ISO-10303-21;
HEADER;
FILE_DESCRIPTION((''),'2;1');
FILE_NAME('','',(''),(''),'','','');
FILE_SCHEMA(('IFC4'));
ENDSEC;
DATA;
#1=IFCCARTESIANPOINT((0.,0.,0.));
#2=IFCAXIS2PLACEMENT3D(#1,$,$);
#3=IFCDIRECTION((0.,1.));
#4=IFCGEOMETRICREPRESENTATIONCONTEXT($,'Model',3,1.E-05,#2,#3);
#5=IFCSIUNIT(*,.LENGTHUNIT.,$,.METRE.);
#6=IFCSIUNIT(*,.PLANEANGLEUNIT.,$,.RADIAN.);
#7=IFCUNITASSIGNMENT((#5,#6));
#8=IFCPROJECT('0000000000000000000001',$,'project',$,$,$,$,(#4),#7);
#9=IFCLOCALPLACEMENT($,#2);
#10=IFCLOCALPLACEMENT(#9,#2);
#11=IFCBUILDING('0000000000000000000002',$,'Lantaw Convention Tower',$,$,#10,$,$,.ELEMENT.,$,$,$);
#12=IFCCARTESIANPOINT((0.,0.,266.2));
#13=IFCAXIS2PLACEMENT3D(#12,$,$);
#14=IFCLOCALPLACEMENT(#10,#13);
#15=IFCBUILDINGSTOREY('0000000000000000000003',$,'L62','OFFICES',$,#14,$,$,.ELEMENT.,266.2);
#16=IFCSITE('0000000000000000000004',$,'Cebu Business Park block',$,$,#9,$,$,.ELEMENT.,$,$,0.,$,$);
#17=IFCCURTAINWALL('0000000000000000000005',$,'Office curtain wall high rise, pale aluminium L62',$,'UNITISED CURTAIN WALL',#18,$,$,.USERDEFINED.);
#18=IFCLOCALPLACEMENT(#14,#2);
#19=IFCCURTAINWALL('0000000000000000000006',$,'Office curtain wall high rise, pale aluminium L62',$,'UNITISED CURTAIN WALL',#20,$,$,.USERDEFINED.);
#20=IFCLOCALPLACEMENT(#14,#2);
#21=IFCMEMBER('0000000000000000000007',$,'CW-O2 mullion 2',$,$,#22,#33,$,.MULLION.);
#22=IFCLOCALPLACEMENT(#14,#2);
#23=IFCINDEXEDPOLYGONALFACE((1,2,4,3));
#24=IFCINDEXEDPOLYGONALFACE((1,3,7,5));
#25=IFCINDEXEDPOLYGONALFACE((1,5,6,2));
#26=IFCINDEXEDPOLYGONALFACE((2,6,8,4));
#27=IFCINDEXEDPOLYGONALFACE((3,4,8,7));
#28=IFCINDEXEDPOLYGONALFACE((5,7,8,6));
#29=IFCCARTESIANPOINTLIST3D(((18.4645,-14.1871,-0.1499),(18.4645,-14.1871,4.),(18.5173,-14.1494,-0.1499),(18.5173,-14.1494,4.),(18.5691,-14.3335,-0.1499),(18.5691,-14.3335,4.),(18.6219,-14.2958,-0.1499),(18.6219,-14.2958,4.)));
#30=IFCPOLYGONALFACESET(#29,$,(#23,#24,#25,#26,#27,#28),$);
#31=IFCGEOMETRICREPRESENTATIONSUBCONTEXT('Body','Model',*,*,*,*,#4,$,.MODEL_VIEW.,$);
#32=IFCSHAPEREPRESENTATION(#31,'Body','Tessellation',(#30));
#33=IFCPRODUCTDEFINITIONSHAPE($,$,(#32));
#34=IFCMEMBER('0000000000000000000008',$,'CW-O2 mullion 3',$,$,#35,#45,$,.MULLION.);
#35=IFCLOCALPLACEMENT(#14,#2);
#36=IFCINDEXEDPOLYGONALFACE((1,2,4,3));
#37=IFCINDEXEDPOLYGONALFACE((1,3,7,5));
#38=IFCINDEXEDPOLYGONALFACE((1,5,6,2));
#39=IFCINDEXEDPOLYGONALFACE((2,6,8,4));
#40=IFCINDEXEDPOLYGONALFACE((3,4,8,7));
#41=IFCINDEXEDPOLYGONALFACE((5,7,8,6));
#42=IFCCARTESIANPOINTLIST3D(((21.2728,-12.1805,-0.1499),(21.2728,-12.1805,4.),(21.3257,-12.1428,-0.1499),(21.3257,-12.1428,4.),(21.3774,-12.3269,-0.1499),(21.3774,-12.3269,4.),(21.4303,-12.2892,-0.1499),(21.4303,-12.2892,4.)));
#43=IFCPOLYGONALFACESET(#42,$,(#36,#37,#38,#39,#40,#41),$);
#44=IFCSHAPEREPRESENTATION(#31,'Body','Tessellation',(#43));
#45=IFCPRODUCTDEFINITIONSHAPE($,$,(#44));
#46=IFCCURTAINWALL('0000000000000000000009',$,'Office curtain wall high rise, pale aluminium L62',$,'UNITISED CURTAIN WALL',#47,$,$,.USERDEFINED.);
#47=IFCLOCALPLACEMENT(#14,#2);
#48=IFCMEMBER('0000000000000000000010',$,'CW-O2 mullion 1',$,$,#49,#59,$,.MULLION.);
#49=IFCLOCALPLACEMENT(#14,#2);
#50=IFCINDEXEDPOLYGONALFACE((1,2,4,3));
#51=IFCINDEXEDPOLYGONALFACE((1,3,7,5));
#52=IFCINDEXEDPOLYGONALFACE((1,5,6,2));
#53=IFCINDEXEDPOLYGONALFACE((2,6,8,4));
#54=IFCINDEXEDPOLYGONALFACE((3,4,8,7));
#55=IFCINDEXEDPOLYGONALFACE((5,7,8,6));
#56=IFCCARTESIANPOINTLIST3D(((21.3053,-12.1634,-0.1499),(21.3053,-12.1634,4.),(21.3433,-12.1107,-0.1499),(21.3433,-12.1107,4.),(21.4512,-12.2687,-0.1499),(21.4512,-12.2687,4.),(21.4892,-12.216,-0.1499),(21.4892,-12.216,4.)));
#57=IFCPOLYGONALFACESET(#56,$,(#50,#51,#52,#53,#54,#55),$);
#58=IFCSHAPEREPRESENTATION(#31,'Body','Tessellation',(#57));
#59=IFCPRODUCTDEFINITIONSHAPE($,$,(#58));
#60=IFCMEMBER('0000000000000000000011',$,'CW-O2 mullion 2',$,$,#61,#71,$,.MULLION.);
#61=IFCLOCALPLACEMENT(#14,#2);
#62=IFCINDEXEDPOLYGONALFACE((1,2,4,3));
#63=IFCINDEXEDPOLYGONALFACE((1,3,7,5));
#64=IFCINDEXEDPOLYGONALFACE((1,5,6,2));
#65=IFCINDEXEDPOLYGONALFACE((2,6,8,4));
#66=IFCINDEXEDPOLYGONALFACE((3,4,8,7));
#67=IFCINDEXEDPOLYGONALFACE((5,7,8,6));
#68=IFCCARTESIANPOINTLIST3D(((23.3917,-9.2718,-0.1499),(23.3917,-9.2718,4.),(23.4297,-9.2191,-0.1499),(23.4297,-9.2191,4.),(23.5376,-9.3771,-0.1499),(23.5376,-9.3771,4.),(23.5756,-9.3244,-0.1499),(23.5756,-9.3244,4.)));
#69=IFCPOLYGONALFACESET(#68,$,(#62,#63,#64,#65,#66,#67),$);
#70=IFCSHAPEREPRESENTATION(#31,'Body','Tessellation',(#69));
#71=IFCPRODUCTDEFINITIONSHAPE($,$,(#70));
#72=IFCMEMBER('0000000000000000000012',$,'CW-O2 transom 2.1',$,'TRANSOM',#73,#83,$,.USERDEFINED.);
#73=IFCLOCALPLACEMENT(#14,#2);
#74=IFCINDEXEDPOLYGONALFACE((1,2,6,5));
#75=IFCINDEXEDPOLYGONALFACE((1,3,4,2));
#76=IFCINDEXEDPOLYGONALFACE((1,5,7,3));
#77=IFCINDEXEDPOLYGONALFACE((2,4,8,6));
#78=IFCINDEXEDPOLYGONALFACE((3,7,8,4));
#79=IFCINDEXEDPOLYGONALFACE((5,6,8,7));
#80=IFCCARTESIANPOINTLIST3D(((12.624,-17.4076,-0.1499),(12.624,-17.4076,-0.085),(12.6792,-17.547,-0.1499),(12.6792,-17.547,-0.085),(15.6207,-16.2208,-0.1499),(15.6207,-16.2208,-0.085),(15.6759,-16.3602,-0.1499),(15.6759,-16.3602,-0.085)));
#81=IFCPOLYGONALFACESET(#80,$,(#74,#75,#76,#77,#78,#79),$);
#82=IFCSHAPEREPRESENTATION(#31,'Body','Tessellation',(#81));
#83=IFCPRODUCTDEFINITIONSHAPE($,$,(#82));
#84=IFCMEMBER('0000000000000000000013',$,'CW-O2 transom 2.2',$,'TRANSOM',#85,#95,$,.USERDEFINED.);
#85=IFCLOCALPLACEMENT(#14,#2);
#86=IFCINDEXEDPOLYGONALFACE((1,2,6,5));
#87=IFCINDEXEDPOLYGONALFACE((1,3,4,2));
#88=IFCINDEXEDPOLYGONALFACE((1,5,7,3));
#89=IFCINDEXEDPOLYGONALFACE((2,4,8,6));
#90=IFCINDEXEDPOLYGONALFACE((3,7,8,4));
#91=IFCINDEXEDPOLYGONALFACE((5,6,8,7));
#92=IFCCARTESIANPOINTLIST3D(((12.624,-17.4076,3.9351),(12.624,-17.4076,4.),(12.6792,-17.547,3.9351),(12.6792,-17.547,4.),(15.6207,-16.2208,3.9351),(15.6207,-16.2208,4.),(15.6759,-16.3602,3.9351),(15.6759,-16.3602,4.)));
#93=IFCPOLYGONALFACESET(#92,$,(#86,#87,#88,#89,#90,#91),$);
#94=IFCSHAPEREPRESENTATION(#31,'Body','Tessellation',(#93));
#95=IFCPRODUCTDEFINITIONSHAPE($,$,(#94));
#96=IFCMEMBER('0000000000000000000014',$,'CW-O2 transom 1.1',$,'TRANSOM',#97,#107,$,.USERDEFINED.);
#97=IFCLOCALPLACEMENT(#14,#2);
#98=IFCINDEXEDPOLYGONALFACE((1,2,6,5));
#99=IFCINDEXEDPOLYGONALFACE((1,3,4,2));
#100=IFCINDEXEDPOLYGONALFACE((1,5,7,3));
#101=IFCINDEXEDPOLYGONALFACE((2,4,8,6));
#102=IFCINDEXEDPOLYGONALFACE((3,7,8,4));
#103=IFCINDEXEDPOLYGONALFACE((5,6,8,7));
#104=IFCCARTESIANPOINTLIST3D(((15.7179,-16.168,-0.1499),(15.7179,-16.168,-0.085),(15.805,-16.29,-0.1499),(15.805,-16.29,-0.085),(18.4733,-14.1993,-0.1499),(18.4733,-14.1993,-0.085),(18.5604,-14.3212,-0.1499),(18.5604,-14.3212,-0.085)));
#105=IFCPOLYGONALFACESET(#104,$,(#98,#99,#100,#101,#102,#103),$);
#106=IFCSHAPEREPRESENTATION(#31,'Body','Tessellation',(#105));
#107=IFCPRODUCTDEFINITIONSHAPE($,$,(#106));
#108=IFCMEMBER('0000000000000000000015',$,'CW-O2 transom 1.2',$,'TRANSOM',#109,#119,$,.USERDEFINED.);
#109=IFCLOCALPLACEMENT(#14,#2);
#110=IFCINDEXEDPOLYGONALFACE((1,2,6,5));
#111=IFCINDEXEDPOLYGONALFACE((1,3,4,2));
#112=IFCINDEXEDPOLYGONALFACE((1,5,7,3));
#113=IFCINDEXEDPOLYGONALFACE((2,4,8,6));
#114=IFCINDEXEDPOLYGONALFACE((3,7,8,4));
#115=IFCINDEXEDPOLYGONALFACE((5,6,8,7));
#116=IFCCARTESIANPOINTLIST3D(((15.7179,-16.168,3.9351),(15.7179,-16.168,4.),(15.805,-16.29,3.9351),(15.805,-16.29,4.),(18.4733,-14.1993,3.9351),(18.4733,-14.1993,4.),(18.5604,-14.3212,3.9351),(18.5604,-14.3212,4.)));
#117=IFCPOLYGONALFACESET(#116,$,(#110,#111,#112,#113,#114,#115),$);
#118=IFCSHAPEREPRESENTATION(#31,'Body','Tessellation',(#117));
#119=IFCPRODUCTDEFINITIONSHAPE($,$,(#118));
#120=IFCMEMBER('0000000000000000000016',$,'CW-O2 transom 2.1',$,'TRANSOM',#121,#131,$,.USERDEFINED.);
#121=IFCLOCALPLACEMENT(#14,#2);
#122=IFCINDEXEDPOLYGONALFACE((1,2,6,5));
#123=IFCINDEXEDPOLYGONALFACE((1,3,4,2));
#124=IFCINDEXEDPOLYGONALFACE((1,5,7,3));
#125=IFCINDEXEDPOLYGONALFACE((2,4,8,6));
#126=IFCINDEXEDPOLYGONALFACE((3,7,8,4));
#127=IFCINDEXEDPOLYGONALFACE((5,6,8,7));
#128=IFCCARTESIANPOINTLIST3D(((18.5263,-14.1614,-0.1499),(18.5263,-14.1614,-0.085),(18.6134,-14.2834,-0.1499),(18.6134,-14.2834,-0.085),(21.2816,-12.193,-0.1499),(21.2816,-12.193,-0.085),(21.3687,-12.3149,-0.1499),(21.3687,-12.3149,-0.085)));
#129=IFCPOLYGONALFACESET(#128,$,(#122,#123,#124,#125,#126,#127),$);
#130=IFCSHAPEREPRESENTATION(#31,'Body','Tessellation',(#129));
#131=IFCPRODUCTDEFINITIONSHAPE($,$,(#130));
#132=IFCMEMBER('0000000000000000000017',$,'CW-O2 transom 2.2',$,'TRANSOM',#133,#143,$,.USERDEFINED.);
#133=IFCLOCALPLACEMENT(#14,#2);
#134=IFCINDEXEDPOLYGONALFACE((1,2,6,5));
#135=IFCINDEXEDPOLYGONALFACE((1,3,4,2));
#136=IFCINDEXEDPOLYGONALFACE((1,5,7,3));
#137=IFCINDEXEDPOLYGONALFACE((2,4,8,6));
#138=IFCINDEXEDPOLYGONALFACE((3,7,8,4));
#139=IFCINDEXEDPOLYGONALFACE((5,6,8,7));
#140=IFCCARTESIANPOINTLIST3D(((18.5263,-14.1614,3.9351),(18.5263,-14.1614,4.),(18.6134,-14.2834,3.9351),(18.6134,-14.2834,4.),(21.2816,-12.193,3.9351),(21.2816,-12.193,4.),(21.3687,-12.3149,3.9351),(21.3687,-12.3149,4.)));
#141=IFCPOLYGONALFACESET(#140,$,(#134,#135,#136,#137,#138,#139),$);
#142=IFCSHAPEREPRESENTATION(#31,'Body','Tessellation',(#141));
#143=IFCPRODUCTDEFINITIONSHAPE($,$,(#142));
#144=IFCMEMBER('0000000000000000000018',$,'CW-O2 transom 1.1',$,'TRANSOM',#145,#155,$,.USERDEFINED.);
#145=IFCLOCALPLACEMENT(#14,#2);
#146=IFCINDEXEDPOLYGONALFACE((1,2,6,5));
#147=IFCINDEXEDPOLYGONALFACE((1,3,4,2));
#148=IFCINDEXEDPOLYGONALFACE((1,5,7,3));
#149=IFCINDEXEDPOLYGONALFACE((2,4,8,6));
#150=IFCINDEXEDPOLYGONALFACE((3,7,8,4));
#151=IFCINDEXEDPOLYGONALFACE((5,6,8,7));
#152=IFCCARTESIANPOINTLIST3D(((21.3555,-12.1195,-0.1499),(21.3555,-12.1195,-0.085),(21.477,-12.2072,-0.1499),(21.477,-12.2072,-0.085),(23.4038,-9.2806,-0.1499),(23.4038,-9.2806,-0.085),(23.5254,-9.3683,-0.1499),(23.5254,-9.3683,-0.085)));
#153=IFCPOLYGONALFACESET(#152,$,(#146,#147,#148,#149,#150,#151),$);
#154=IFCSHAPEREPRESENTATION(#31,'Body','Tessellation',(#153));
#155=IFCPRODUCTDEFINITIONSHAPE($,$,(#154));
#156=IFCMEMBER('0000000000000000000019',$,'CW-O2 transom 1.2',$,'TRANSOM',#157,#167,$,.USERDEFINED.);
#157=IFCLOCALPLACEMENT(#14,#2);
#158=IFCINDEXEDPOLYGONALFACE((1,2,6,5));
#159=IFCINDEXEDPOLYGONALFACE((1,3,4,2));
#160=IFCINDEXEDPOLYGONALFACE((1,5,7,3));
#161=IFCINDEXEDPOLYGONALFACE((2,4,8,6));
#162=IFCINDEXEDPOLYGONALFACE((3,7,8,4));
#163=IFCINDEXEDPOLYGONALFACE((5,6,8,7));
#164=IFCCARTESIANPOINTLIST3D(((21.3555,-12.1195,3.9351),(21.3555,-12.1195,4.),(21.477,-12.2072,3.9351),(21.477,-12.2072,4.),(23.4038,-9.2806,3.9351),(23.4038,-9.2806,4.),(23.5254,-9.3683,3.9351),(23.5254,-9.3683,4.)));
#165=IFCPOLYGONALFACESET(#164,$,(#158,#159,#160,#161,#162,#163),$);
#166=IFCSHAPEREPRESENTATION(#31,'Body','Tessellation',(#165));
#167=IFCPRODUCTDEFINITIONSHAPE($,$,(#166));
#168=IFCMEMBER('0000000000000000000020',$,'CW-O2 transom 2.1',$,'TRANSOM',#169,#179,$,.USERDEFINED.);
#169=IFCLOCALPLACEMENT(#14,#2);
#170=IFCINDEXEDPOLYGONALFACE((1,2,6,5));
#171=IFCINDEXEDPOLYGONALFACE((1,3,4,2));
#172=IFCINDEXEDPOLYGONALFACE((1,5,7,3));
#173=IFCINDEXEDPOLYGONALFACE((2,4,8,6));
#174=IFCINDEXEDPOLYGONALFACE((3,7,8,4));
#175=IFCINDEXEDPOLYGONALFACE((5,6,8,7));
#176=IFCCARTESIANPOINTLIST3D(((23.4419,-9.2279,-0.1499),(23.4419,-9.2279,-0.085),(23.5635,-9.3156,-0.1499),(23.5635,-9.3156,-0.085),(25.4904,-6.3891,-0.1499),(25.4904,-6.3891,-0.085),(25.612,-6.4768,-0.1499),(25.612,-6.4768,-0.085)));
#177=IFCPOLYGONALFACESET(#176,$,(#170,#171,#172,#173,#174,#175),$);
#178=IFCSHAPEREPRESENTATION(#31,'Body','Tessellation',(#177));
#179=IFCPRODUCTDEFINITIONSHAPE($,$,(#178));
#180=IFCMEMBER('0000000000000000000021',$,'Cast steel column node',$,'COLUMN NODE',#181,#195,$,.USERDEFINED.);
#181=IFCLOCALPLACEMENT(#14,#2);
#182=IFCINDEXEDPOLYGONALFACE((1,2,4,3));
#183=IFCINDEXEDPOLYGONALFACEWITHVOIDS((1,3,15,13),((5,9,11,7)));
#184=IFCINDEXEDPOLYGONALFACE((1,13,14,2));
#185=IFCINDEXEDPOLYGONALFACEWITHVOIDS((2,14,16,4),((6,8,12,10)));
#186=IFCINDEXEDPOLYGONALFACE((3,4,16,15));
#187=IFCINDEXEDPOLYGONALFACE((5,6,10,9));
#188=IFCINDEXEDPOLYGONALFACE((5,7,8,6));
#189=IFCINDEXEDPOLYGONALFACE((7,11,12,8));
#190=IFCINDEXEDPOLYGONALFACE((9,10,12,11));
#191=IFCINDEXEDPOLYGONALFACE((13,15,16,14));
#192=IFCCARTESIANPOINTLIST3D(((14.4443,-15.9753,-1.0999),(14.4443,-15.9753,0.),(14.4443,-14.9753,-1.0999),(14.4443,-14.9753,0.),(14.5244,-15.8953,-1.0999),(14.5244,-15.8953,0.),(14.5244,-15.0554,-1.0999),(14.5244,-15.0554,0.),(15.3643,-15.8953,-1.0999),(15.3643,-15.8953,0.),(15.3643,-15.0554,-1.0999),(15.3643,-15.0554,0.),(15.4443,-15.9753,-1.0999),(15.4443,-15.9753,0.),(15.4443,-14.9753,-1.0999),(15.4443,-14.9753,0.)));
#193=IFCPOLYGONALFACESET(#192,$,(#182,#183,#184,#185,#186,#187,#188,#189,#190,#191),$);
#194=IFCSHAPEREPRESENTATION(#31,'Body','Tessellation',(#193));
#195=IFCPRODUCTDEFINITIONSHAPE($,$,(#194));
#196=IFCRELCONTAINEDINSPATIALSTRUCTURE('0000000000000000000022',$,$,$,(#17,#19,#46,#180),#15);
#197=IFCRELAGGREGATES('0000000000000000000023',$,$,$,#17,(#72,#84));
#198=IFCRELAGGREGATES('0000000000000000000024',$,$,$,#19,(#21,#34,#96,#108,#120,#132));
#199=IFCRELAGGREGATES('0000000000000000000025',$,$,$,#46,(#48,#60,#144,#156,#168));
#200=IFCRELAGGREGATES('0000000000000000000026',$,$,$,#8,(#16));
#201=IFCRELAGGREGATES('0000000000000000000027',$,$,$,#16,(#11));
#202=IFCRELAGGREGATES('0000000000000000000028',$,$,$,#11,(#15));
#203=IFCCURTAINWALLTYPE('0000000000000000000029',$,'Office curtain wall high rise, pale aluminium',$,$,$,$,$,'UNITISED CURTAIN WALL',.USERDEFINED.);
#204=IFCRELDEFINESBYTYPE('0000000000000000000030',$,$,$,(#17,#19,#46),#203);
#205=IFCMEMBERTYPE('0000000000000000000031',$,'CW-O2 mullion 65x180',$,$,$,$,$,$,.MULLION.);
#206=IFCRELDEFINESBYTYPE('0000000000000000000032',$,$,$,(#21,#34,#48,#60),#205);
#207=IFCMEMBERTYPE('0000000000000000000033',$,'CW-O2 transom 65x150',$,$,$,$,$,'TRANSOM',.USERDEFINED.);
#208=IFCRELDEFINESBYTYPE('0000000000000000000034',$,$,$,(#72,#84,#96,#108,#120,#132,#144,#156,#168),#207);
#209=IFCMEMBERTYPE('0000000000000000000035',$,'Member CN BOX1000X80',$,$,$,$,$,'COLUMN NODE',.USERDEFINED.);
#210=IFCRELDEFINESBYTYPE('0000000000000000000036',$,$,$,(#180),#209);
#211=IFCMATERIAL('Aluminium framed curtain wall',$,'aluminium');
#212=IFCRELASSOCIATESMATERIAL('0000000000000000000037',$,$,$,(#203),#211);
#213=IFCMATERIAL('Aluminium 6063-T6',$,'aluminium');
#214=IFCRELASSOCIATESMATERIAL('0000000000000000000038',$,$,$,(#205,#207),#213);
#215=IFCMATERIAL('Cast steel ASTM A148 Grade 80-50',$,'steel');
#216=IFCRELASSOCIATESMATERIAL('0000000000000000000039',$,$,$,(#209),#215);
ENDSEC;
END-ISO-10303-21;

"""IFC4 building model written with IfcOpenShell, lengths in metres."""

from ifc_helpers import new_model, si_unit, direction, frame, origin, origin_2d, place, context, subcontext, project, spatial, rectangle, hollow_rectangle, extrude, material, material_profile, profile_set, type_object, element, aggregate, save


model = new_model("IFC4")

# Units and contexts
model_context = context("Model", 3, precision=1e-05, world=origin(), true_north=direction((0.0, 1.0)))
body_context = subcontext(model_context, "Body", "Model", "MODEL_VIEW")
ifc_project = project(units=[si_unit("LENGTHUNIT", "METRE"), si_unit("PLANEANGLEUNIT", "RADIAN")], contexts=[model_context])

# Site, building, storey
site_placement = place(None, origin())
site = spatial("IfcSite", under=ifc_project, at=site_placement, Name="Cebu Business Park block", CompositionType="ELEMENT", RefElevation=0.0)
building_placement = place(site_placement, origin())
building = spatial("IfcBuilding", under=site, at=building_placement, Name="Lantaw Convention Tower", CompositionType="ELEMENT")
storey_placement = place(building_placement, frame((0.0, 0.0, 266.2)))
storey = spatial("IfcBuildingStorey", under=building, at=storey_placement, Name="L62", Description="OFFICES", CompositionType="ELEMENT", Elevation=266.2)

# Curtain walls, members
ifc_material_1 = material(Name="Aluminium framed curtain wall", Category="aluminium")
curtain_wall_type = type_object("IfcCurtainWallType", Name="Office curtain wall high rise, pale aluminium", ElementType="UNITISED CURTAIN WALL", PredefinedType="USERDEFINED", material=ifc_material_1)
curtain_wall_1_placement = place(storey_placement, origin())
curtain_wall_1 = element("IfcCurtainWall", 1, at=curtain_wall_1_placement, inside=storey, type_object=curtain_wall_type, Name="Office curtain wall high rise, pale aluminium L62", ObjectType="UNITISED CURTAIN WALL", PredefinedType="USERDEFINED")
ifc_material_2 = material(Name="Aluminium 6063-T6", Category="aluminium")
ifc_material_profile_1 = material_profile(ifc_material_2, rectangle(XDim=0.1799, YDim=0.0649, at=origin_2d()), Name="CW-O2 mullion 65x180")
ifc_profile_set_1 = profile_set([ifc_material_profile_1], Name="Aluminium 6063-T6")
member_type_1 = type_object("IfcMemberType", Name="CW-O2 mullion 65x180", PredefinedType="MULLION", material=ifc_profile_set_1)
curtain_wall_2_placement = place(storey_placement, origin())
curtain_wall_2 = element("IfcCurtainWall", 2, at=curtain_wall_2_placement, inside=storey, type_object=curtain_wall_type, Name="Office curtain wall high rise, pale aluminium L62", ObjectType="UNITISED CURTAIN WALL", PredefinedType="USERDEFINED")
member_1_placement = place(storey_placement, frame((18.5432, -14.2415, -0.1499), z_axis=(0.0, 0.0, 1.0), x_axis=(-0.581323, 0.813673, 0.0)))
member_1 = element("IfcMember", 3, at=member_1_placement, type_object=member_type_1, Name="CW-O2 mullion 2", PredefinedType="MULLION", context=body_context, shape_type="SweptSolid", body=[
    extrude(rectangle(XDim=0.1799, YDim=0.0649, at=origin_2d()), origin(), (0.0, 0.0, 1.0), 4.1499),
])
member_2_placement = place(storey_placement, frame((21.3516, -12.2349, -0.1499), z_axis=(0.0, 0.0, 1.0), x_axis=(-0.581323, 0.813673, 0.0)))
member_2 = element("IfcMember", 4, at=member_2_placement, type_object=member_type_1, Name="CW-O2 mullion 3", PredefinedType="MULLION", context=body_context, shape_type="SweptSolid", body=[
    extrude(rectangle(XDim=0.1799, YDim=0.0649, at=origin_2d()), origin(), (0.0, 0.0, 1.0), 4.1499),
])
curtain_wall_3_placement = place(storey_placement, origin())
curtain_wall_3 = element("IfcCurtainWall", 5, at=curtain_wall_3_placement, inside=storey, type_object=curtain_wall_type, Name="Office curtain wall high rise, pale aluminium L62", ObjectType="UNITISED CURTAIN WALL", PredefinedType="USERDEFINED")
member_3_placement = place(storey_placement, frame((21.3972, -12.1897, -0.1499), z_axis=(0.0, 0.0, 1.0), x_axis=(-0.81092, 0.585158, 0.0)))
member_3 = element("IfcMember", 6, at=member_3_placement, type_object=member_type_1, Name="CW-O2 mullion 1", PredefinedType="MULLION", context=body_context, shape_type="SweptSolid", body=[
    extrude(rectangle(XDim=0.1799, YDim=0.0649, at=origin_2d()), origin(), (0.0, 0.0, 1.0), 4.1499),
])
member_4_placement = place(storey_placement, frame((23.4836, -9.2981, -0.1499), z_axis=(0.0, 0.0, 1.0), x_axis=(-0.81092, 0.585158, 0.0)))
member_4 = element("IfcMember", 7, at=member_4_placement, type_object=member_type_1, Name="CW-O2 mullion 2", PredefinedType="MULLION", context=body_context, shape_type="SweptSolid", body=[
    extrude(rectangle(XDim=0.1799, YDim=0.0649, at=origin_2d()), origin(), (0.0, 0.0, 1.0), 4.1499),
])

# Members
ifc_material_profile_2 = material_profile(ifc_material_2, rectangle(XDim=0.1499, YDim=0.0649, at=origin_2d()), Name="CW-O2 transom 65x150")
ifc_profile_set_2 = profile_set([ifc_material_profile_2], Name="Aluminium 6063-T6")
member_type_2 = type_object("IfcMemberType", Name="CW-O2 transom 65x150", ElementType="TRANSOM", PredefinedType="USERDEFINED", material=ifc_profile_set_2)
member_5_placement = place(storey_placement, frame((12.6516, -17.4773, -0.1174), z_axis=(0.929741, 0.368215, 0.0), x_axis=(-0.368215, 0.929741, 0.0)))
member_5 = element("IfcMember", 8, at=member_5_placement, type_object=member_type_2, Name="CW-O2 transom 2.1", ObjectType="TRANSOM", PredefinedType="USERDEFINED", context=body_context, shape_type="SweptSolid", body=[
    extrude(rectangle(XDim=0.1499, YDim=0.0649, at=origin_2d()), origin(), (0.0, 0.0, 1.0), 3.2231),
])
member_6_placement = place(storey_placement, frame((12.6516, -17.4773, 3.9675), z_axis=(0.929741, 0.368215, 0.0), x_axis=(-0.368215, 0.929741, 0.0)))
member_6 = element("IfcMember", 9, at=member_6_placement, type_object=member_type_2, Name="CW-O2 transom 2.2", ObjectType="TRANSOM", PredefinedType="USERDEFINED", context=body_context, shape_type="SweptSolid", body=[
    extrude(rectangle(XDim=0.1499, YDim=0.0649, at=origin_2d()), origin(), (0.0, 0.0, 1.0), 3.2231),
])
member_7_placement = place(storey_placement, frame((15.7615, -16.229, -0.1174), z_axis=(0.813646, 0.581361, 0.0), x_axis=(-0.581361, 0.813646, 0.0)))
member_7 = element("IfcMember", 10, at=member_7_placement, type_object=member_type_2, Name="CW-O2 transom 1.1", ObjectType="TRANSOM", PredefinedType="USERDEFINED", context=body_context, shape_type="SweptSolid", body=[
    extrude(rectangle(XDim=0.1499, YDim=0.0649, at=origin_2d()), origin(), (0.0, 0.0, 1.0), 3.3865),
])
member_8_placement = place(storey_placement, frame((15.7615, -16.229, 3.9675), z_axis=(0.813646, 0.581361, 0.0), x_axis=(-0.581361, 0.813646, 0.0)))
member_8 = element("IfcMember", 11, at=member_8_placement, type_object=member_type_2, Name="CW-O2 transom 1.2", ObjectType="TRANSOM", PredefinedType="USERDEFINED", context=body_context, shape_type="SweptSolid", body=[
    extrude(rectangle(XDim=0.1499, YDim=0.0649, at=origin_2d()), origin(), (0.0, 0.0, 1.0), 3.3865),
])
member_9_placement = place(storey_placement, frame((18.5698, -14.2224, -0.1174), z_axis=(0.81368, 0.581313, 0.0), x_axis=(-0.581313, 0.81368, 0.0)))
member_9 = element("IfcMember", 12, at=member_9_placement, type_object=member_type_2, Name="CW-O2 transom 2.1", ObjectType="TRANSOM", PredefinedType="USERDEFINED", context=body_context, shape_type="SweptSolid", body=[
    extrude(rectangle(XDim=0.1499, YDim=0.0649, at=origin_2d()), origin(), (0.0, 0.0, 1.0), 3.3862),
])
member_10_placement = place(storey_placement, frame((18.5698, -14.2224, 3.9675), z_axis=(0.81368, 0.581313, 0.0), x_axis=(-0.581313, 0.81368, 0.0)))
member_10 = element("IfcMember", 13, at=member_10_placement, type_object=member_type_2, Name="CW-O2 transom 2.2", ObjectType="TRANSOM", PredefinedType="USERDEFINED", context=body_context, shape_type="SweptSolid", body=[
    extrude(rectangle(XDim=0.1499, YDim=0.0649, at=origin_2d()), origin(), (0.0, 0.0, 1.0), 3.3862),
])
member_11_placement = place(storey_placement, frame((21.4163, -12.1633, -0.1174), z_axis=(0.585124, 0.810944, 0.0), x_axis=(-0.810944, 0.585124, 0.0)))
member_11 = element("IfcMember", 14, at=member_11_placement, type_object=member_type_2, Name="CW-O2 transom 1.1", ObjectType="TRANSOM", PredefinedType="USERDEFINED", context=body_context, shape_type="SweptSolid", body=[
    extrude(rectangle(XDim=0.1499, YDim=0.0649, at=origin_2d()), origin(), (0.0, 0.0, 1.0), 3.5007),
])
member_12_placement = place(storey_placement, frame((21.4163, -12.1633, 3.9675), z_axis=(0.585124, 0.810944, 0.0), x_axis=(-0.810944, 0.585124, 0.0)))
member_12 = element("IfcMember", 15, at=member_12_placement, type_object=member_type_2, Name="CW-O2 transom 1.2", ObjectType="TRANSOM", PredefinedType="USERDEFINED", context=body_context, shape_type="SweptSolid", body=[
    extrude(rectangle(XDim=0.1499, YDim=0.0649, at=origin_2d()), origin(), (0.0, 0.0, 1.0), 3.5007),
])
member_13_placement = place(storey_placement, frame((23.5027, -9.2717, -0.1174), z_axis=(0.58517, 0.810911, 0.0), x_axis=(-0.810911, 0.58517, 0.0)))
member_13 = element("IfcMember", 16, at=member_13_placement, type_object=member_type_2, Name="CW-O2 transom 2.1", ObjectType="TRANSOM", PredefinedType="USERDEFINED", context=body_context, shape_type="SweptSolid", body=[
    extrude(rectangle(XDim=0.1499, YDim=0.0649, at=origin_2d()), origin(), (0.0, 0.0, 1.0), 3.5007),
])

# Member
ifc_material_3 = material(Name="Cast steel ASTM A148 Grade 80-50", Category="steel")
ifc_material_profile_3 = material_profile(ifc_material_3, hollow_rectangle(XDim=1.0, YDim=1.0, WallThickness=0.0801, at=origin_2d()), Name="BOX1000X80")
ifc_profile_set_3 = profile_set([ifc_material_profile_3], Name="Cast steel ASTM A148 Grade 80-50")
member_type_3 = type_object("IfcMemberType", Name="Member CN BOX1000X80", ElementType="COLUMN NODE", PredefinedType="USERDEFINED", material=ifc_profile_set_3)
member_14_placement = place(storey_placement, frame((14.9443, -15.4753, -1.0999), z_axis=(0.0, 0.0, 1.0), x_axis=(1.0, 0.0, 0.0)))
element("IfcMember", 17, at=member_14_placement, inside=storey, type_object=member_type_3, Name="Cast steel column node", ObjectType="COLUMN NODE", PredefinedType="USERDEFINED", context=body_context, shape_type="SweptSolid", body=[
    extrude(hollow_rectangle(XDim=1.0, YDim=1.0, WallThickness=0.0801, at=origin_2d()), origin(), (0.0, 0.0, 1.0), 1.0999),
])

aggregate(curtain_wall_1, [member_5, member_6])
aggregate(curtain_wall_2, [member_1, member_2, member_7, member_8, member_9, member_10])
aggregate(curtain_wall_3, [member_3, member_4, member_11, member_12, member_13])

save(model, "model.ifc")
